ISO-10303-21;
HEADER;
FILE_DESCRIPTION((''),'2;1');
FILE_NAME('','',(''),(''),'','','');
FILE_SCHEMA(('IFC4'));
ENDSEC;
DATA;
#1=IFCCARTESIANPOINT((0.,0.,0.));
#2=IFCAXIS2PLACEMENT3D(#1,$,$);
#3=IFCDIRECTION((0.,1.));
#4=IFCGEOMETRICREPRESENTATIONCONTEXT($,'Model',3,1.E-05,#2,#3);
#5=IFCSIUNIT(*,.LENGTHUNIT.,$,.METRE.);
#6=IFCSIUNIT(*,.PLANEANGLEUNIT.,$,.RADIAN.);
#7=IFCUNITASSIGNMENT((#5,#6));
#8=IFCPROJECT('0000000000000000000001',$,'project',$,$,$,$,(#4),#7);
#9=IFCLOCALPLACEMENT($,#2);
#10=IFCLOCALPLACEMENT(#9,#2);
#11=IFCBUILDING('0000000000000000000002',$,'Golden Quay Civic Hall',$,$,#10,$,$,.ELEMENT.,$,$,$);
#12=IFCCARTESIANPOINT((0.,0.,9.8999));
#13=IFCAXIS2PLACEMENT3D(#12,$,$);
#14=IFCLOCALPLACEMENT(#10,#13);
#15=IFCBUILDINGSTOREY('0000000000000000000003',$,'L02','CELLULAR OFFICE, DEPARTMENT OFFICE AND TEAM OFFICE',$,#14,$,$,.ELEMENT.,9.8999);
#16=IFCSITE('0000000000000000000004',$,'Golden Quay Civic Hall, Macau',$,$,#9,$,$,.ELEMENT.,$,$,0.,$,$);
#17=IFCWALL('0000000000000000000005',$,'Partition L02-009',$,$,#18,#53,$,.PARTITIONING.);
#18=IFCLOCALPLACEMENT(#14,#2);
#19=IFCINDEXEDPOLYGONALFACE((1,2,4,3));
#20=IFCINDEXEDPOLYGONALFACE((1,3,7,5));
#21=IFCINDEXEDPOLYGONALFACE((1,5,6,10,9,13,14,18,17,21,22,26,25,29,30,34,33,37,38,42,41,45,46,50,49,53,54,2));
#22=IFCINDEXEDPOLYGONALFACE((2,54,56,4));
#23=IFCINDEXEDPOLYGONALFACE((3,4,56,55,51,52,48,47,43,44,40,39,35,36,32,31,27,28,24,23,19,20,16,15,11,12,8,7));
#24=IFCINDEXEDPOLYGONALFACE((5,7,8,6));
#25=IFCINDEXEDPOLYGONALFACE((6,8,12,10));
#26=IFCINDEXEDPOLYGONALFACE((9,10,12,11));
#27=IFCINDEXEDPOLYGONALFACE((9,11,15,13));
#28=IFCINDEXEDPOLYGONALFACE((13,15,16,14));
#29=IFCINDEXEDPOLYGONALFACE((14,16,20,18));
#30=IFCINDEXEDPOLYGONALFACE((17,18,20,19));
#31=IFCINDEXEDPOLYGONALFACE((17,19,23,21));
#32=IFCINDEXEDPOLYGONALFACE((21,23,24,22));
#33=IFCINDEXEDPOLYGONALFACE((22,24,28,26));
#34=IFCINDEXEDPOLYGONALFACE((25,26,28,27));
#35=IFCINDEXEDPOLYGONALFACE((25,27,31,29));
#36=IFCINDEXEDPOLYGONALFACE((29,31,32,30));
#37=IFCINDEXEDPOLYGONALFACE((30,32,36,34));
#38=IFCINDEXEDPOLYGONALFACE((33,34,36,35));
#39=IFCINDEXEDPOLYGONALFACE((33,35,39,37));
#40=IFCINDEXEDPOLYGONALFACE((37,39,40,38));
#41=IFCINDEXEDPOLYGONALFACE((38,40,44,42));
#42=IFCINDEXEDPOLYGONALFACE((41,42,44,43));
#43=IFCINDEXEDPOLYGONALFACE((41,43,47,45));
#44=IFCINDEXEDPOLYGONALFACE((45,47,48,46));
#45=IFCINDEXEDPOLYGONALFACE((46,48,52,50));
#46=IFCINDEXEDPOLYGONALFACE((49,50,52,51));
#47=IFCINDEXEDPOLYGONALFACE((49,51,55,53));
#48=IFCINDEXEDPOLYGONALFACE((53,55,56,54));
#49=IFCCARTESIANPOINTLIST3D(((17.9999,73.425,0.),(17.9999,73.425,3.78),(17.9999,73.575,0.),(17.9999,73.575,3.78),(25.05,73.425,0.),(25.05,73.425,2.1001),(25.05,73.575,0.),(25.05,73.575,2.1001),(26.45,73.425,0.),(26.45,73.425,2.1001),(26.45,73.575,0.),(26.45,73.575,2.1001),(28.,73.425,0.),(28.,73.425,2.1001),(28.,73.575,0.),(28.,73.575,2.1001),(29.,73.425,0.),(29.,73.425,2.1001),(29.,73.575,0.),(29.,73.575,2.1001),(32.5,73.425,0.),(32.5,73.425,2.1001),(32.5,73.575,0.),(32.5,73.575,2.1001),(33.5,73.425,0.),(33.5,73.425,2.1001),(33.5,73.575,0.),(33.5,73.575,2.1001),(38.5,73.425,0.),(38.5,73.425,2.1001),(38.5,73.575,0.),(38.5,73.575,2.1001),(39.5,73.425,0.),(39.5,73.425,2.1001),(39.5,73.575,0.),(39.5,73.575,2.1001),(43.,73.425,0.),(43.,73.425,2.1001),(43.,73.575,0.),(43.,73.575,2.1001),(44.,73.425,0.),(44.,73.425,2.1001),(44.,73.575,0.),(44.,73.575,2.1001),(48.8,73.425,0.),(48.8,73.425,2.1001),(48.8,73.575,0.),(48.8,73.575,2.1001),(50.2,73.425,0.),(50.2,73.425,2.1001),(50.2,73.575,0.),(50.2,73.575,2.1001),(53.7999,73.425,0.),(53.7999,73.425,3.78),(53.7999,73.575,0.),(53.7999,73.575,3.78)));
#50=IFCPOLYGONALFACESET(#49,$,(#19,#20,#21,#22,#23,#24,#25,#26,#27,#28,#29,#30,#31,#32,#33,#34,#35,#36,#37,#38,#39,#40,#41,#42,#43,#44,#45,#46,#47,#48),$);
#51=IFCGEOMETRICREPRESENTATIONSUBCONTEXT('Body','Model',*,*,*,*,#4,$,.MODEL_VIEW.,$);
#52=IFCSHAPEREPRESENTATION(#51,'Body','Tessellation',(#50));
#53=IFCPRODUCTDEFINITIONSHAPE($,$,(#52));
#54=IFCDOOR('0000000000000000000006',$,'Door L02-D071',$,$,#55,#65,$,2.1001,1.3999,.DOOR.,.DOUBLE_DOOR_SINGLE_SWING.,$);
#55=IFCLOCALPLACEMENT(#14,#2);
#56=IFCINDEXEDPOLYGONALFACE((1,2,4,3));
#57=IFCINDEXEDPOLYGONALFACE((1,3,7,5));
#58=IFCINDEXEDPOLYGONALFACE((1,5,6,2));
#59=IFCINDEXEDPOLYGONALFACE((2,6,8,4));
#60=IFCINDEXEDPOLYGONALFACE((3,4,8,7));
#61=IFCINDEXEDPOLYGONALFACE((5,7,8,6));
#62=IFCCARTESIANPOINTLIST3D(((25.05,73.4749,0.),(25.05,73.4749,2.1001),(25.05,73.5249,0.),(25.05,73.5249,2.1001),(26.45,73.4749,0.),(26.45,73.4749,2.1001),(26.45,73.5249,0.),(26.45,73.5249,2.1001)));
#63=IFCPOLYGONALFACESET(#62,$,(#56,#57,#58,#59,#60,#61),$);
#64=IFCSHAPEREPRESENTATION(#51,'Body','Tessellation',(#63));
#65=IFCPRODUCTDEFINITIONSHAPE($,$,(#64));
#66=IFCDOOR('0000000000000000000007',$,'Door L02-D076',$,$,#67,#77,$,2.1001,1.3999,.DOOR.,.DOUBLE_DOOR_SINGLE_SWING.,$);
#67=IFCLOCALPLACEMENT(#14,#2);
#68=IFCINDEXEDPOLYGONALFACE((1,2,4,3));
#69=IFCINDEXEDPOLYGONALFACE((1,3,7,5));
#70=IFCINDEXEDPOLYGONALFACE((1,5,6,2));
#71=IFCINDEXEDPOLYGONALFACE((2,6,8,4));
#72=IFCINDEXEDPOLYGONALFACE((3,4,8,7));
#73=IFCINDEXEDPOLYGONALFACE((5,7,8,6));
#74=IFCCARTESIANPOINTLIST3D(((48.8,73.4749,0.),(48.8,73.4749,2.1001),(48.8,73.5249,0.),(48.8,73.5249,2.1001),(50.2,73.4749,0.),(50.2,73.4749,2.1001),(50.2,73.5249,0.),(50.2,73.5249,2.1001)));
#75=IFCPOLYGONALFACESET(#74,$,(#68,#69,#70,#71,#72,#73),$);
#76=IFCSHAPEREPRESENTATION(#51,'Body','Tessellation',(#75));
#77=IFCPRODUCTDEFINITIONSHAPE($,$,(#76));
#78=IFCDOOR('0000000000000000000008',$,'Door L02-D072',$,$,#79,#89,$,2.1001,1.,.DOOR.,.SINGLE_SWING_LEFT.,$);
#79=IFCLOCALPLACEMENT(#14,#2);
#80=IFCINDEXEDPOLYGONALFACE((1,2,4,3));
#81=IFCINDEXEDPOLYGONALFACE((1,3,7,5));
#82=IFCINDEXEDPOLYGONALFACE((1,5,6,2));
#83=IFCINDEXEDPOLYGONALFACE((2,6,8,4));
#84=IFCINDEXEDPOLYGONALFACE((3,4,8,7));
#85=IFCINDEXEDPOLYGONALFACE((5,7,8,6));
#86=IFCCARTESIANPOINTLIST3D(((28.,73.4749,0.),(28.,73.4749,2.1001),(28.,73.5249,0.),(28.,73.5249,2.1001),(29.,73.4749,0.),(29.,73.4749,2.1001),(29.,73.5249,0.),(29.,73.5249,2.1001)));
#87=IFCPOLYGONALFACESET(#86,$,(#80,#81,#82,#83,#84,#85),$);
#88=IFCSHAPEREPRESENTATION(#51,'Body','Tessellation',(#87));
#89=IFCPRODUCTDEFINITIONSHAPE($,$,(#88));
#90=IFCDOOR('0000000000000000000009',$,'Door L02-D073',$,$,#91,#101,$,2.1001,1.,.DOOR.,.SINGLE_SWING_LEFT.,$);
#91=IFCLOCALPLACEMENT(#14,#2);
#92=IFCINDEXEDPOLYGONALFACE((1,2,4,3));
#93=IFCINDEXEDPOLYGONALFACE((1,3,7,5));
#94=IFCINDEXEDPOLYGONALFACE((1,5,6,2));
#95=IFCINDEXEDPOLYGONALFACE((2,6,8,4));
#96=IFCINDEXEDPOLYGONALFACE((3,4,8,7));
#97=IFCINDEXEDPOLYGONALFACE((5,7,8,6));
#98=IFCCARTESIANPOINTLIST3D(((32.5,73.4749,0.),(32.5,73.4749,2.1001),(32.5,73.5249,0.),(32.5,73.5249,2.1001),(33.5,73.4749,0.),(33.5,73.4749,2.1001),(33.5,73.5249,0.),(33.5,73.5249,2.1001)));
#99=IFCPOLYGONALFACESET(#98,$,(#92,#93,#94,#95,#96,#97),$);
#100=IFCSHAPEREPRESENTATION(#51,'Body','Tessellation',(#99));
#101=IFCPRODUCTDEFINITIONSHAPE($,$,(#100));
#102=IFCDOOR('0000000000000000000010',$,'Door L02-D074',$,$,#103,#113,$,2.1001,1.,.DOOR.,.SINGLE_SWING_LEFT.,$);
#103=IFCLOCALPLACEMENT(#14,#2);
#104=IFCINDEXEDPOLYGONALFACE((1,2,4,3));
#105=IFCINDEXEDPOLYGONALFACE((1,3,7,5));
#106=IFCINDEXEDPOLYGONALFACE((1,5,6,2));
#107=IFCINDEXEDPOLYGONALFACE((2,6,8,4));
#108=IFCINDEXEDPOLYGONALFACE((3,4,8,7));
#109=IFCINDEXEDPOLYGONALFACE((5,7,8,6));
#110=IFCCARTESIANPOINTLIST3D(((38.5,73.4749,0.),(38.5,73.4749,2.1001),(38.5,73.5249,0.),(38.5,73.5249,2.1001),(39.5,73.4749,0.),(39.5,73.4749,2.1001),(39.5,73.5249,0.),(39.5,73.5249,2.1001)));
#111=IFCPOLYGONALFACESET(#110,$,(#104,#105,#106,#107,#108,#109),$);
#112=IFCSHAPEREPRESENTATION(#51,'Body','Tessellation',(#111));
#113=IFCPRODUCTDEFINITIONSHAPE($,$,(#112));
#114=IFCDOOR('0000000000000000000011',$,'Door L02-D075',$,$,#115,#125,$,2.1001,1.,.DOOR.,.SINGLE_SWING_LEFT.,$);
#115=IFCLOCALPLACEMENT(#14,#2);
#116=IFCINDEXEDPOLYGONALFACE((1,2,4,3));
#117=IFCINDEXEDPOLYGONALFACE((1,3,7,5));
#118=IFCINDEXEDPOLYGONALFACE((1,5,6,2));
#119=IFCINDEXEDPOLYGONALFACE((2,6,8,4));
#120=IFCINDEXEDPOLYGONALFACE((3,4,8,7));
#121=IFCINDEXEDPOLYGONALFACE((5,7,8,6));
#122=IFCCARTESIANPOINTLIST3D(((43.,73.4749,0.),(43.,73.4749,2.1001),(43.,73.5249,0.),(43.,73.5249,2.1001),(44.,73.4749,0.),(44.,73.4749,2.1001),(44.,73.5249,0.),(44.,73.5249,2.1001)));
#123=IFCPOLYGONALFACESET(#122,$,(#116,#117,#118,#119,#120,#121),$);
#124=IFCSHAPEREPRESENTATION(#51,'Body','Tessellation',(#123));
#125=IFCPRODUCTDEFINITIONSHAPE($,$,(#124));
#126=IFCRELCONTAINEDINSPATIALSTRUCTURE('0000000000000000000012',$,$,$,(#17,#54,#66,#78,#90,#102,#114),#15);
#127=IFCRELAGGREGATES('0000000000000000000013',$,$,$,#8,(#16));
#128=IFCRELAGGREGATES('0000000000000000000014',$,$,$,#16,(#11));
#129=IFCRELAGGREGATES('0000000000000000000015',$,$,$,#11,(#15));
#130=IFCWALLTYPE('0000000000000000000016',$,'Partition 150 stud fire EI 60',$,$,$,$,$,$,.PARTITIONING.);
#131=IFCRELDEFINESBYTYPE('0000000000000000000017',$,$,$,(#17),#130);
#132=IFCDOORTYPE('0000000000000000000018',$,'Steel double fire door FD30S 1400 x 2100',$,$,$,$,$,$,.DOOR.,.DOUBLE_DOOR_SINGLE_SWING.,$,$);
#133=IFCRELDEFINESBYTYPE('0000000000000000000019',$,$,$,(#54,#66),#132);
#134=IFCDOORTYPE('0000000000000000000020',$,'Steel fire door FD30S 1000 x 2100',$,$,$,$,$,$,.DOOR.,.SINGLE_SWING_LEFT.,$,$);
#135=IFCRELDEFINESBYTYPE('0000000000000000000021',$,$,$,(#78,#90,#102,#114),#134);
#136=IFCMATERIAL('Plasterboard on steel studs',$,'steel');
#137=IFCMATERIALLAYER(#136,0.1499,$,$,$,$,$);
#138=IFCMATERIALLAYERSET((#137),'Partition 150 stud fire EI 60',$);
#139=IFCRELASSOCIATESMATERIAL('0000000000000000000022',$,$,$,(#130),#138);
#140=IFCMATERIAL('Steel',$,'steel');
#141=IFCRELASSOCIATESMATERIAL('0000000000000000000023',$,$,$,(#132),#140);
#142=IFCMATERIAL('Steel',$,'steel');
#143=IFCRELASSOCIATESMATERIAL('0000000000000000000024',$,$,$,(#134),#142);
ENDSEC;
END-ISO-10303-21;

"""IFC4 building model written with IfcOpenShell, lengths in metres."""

from ifc_helpers import new_model, si_unit, direction, frame, frame_2d, origin, place, context, subcontext, project, spatial, rectangle, extrude, material, layer, layer_set, type_object, element, fill, save


model = new_model("IFC4")

# Units and contexts
model_context = context("Model", 3, precision=1e-05, world=origin(), true_north=direction((0.0, 1.0)))
body_context = subcontext(model_context, "Body", "Model", "MODEL_VIEW")
ifc_project = project(units=[si_unit("LENGTHUNIT", "METRE"), si_unit("PLANEANGLEUNIT", "RADIAN")], contexts=[model_context])

# Site, building, storey
site_placement = place(None, origin())
site = spatial("IfcSite", under=ifc_project, at=site_placement, Name="Golden Quay Civic Hall, Macau", CompositionType="ELEMENT", RefElevation=0.0)
building_placement = place(site_placement, origin())
building = spatial("IfcBuilding", under=site, at=building_placement, Name="Golden Quay Civic Hall", CompositionType="ELEMENT")
storey_placement = place(building_placement, frame((0.0, 0.0, 9.8999)))
storey = spatial("IfcBuildingStorey", under=building, at=storey_placement, Name="L02", Description="CELLULAR OFFICE, DEPARTMENT OFFICE AND TEAM OFFICE", CompositionType="ELEMENT", Elevation=9.8999)

# Wall, openings, doors
ifc_material_1 = material(Name="Plasterboard on steel studs", Category="steel")
ifc_layer_1 = layer(ifc_material_1, 0.1499)
ifc_layer_set_1 = layer_set([ifc_layer_1], Name="Partition 150 stud fire EI 60")
wall_type_1 = type_object("IfcWallType", Name="Partition 150 stud fire EI 60", PredefinedType="PARTITIONING", material=ifc_layer_set_1)
wall_1_placement = place(storey_placement, frame((18.0, 73.5, 0.0), z_axis=(0.0, 0.0, 1.0), x_axis=(1.0, 0.0, 0.0)))
wall_1 = element("IfcWall", 1, at=wall_1_placement, inside=storey, type_object=wall_type_1, Name="Partition L02-009", PredefinedType="PARTITIONING", context=body_context, shape_type="SweptSolid", body=[
    extrude(rectangle(XDim=35.8, YDim=0.1499, at=frame_2d((17.8999, 0.0))), origin(), (0.0, 0.0, 1.0), 3.78),
])
opening_1_placement = place(wall_1_placement, frame((7.05, 0.0, 0.0)))
opening_1 = element("IfcOpeningElement", 2, at=opening_1_placement, cuts=wall_1, PredefinedType="OPENING", context=body_context, shape_type="SweptSolid", body=[
    extrude(rectangle(XDim=1.3999, YDim=2.1001, at=frame_2d((0.7, 1.05))), frame((0.0, 0.085, 0.0), z_axis=(0.0, -1.0, 0.0), x_axis=(1.0, 0.0, 0.0)), (0.0, 0.0, 1.0), 0.1699),
])
opening_2_placement = place(wall_1_placement, frame((10.0, 0.0, 0.0)))
opening_2 = element("IfcOpeningElement", 3, at=opening_2_placement, cuts=wall_1, PredefinedType="OPENING", context=body_context, shape_type="SweptSolid", body=[
    extrude(rectangle(XDim=1.0, YDim=2.1001, at=frame_2d((0.5, 1.05))), frame((0.0, 0.085, 0.0), z_axis=(0.0, -1.0, 0.0), x_axis=(1.0, 0.0, 0.0)), (0.0, 0.0, 1.0), 0.1699),
])
opening_3_placement = place(wall_1_placement, frame((14.5, 0.0, 0.0)))
opening_3 = element("IfcOpeningElement", 4, at=opening_3_placement, cuts=wall_1, PredefinedType="OPENING", context=body_context, shape_type="SweptSolid", body=[
    extrude(rectangle(XDim=1.0, YDim=2.1001, at=frame_2d((0.5, 1.05))), frame((0.0, 0.085, 0.0), z_axis=(0.0, -1.0, 0.0), x_axis=(1.0, 0.0, 0.0)), (0.0, 0.0, 1.0), 0.1699),
])
opening_4_placement = place(wall_1_placement, frame((20.5, 0.0, 0.0)))
opening_4 = element("IfcOpeningElement", 5, at=opening_4_placement, cuts=wall_1, PredefinedType="OPENING", context=body_context, shape_type="SweptSolid", body=[
    extrude(rectangle(XDim=1.0, YDim=2.1001, at=frame_2d((0.5, 1.05))), frame((0.0, 0.085, 0.0), z_axis=(0.0, -1.0, 0.0), x_axis=(1.0, 0.0, 0.0)), (0.0, 0.0, 1.0), 0.1699),
])
opening_5_placement = place(wall_1_placement, frame((25.0, 0.0, 0.0)))
opening_5 = element("IfcOpeningElement", 6, at=opening_5_placement, cuts=wall_1, PredefinedType="OPENING", context=body_context, shape_type="SweptSolid", body=[
    extrude(rectangle(XDim=1.0, YDim=2.1001, at=frame_2d((0.5, 1.05))), frame((0.0, 0.085, 0.0), z_axis=(0.0, -1.0, 0.0), x_axis=(1.0, 0.0, 0.0)), (0.0, 0.0, 1.0), 0.1699),
])
opening_6_placement = place(wall_1_placement, frame((30.8, 0.0, 0.0)))
opening_6 = element("IfcOpeningElement", 7, at=opening_6_placement, cuts=wall_1, PredefinedType="OPENING", context=body_context, shape_type="SweptSolid", body=[
    extrude(rectangle(XDim=1.3999, YDim=2.1001, at=frame_2d((0.7, 1.05))), frame((0.0, 0.085, 0.0), z_axis=(0.0, -1.0, 0.0), x_axis=(1.0, 0.0, 0.0)), (0.0, 0.0, 1.0), 0.1699),
])
ifc_material_2 = material(Name="Steel", Category="steel")
door_type_1 = type_object("IfcDoorType", Name="Steel double fire door FD30S 1400 x 2100", OperationType="DOUBLE_DOOR_SINGLE_SWING", PredefinedType="DOOR", material=ifc_material_2)
door_1_placement = place(opening_1_placement, origin())
door_1 = element("IfcDoor", 8, at=door_1_placement, inside=storey, type_object=door_type_1, Name="Door L02-D071", OperationType="DOUBLE_DOOR_SINGLE_SWING", OverallHeight=2.1001, OverallWidth=1.3999, PredefinedType="DOOR", context=body_context, shape_type="SweptSolid", body=[
    extrude(rectangle(XDim=1.3999, YDim=2.1001, at=frame_2d((0.7, 1.05))), frame((0.0, 0.0249, 0.0), z_axis=(0.0, -1.0, 0.0), x_axis=(1.0, 0.0, 0.0)), (0.0, 0.0, 1.0), 0.05),
])
fill(opening_1, door_1)
door_2_placement = place(opening_6_placement, origin())
door_2 = element("IfcDoor", 9, at=door_2_placement, inside=storey, type_object=door_type_1, Name="Door L02-D076", OperationType="DOUBLE_DOOR_SINGLE_SWING", OverallHeight=2.1001, OverallWidth=1.3999, PredefinedType="DOOR", context=body_context, shape_type="SweptSolid", body=[
    extrude(rectangle(XDim=1.3999, YDim=2.1001, at=frame_2d((0.7, 1.05))), frame((0.0, 0.0249, 0.0), z_axis=(0.0, -1.0, 0.0), x_axis=(1.0, 0.0, 0.0)), (0.0, 0.0, 1.0), 0.05),
])
fill(opening_6, door_2)
ifc_material_3 = material(Name="Steel", Category="steel")
door_type_2 = type_object("IfcDoorType", Name="Steel fire door FD30S 1000 x 2100", OperationType="SINGLE_SWING_LEFT", PredefinedType="DOOR", material=ifc_material_3)
door_3_placement = place(opening_2_placement, origin())
door_3 = element("IfcDoor", 10, at=door_3_placement, inside=storey, type_object=door_type_2, Name="Door L02-D072", OperationType="SINGLE_SWING_LEFT", OverallHeight=2.1001, OverallWidth=1.0, PredefinedType="DOOR", context=body_context, shape_type="SweptSolid", body=[
    extrude(rectangle(XDim=1.0, YDim=2.1001, at=frame_2d((0.5, 1.05))), frame((0.0, 0.0249, 0.0), z_axis=(0.0, -1.0, 0.0), x_axis=(1.0, 0.0, 0.0)), (0.0, 0.0, 1.0), 0.05),
])
fill(opening_2, door_3)
door_4_placement = place(opening_3_placement, origin())
door_4 = element("IfcDoor", 11, at=door_4_placement, inside=storey, type_object=door_type_2, Name="Door L02-D073", OperationType="SINGLE_SWING_LEFT", OverallHeight=2.1001, OverallWidth=1.0, PredefinedType="DOOR", context=body_context, shape_type="SweptSolid", body=[
    extrude(rectangle(XDim=1.0, YDim=2.1001, at=frame_2d((0.5, 1.05))), frame((0.0, 0.0249, 0.0), z_axis=(0.0, -1.0, 0.0), x_axis=(1.0, 0.0, 0.0)), (0.0, 0.0, 1.0), 0.05),
])
fill(opening_3, door_4)
door_5_placement = place(opening_4_placement, origin())
door_5 = element("IfcDoor", 12, at=door_5_placement, inside=storey, type_object=door_type_2, Name="Door L02-D074", OperationType="SINGLE_SWING_LEFT", OverallHeight=2.1001, OverallWidth=1.0, PredefinedType="DOOR", context=body_context, shape_type="SweptSolid", body=[
    extrude(rectangle(XDim=1.0, YDim=2.1001, at=frame_2d((0.5, 1.05))), frame((0.0, 0.0249, 0.0), z_axis=(0.0, -1.0, 0.0), x_axis=(1.0, 0.0, 0.0)), (0.0, 0.0, 1.0), 0.05),
])
fill(opening_4, door_5)
door_6_placement = place(opening_5_placement, origin())
door_6 = element("IfcDoor", 13, at=door_6_placement, inside=storey, type_object=door_type_2, Name="Door L02-D075", OperationType="SINGLE_SWING_LEFT", OverallHeight=2.1001, OverallWidth=1.0, PredefinedType="DOOR", context=body_context, shape_type="SweptSolid", body=[
    extrude(rectangle(XDim=1.0, YDim=2.1001, at=frame_2d((0.5, 1.05))), frame((0.0, 0.0249, 0.0), z_axis=(0.0, -1.0, 0.0), x_axis=(1.0, 0.0, 0.0)), (0.0, 0.0, 1.0), 0.05),
])
fill(opening_5, door_6)

save(model, "model.ifc")
